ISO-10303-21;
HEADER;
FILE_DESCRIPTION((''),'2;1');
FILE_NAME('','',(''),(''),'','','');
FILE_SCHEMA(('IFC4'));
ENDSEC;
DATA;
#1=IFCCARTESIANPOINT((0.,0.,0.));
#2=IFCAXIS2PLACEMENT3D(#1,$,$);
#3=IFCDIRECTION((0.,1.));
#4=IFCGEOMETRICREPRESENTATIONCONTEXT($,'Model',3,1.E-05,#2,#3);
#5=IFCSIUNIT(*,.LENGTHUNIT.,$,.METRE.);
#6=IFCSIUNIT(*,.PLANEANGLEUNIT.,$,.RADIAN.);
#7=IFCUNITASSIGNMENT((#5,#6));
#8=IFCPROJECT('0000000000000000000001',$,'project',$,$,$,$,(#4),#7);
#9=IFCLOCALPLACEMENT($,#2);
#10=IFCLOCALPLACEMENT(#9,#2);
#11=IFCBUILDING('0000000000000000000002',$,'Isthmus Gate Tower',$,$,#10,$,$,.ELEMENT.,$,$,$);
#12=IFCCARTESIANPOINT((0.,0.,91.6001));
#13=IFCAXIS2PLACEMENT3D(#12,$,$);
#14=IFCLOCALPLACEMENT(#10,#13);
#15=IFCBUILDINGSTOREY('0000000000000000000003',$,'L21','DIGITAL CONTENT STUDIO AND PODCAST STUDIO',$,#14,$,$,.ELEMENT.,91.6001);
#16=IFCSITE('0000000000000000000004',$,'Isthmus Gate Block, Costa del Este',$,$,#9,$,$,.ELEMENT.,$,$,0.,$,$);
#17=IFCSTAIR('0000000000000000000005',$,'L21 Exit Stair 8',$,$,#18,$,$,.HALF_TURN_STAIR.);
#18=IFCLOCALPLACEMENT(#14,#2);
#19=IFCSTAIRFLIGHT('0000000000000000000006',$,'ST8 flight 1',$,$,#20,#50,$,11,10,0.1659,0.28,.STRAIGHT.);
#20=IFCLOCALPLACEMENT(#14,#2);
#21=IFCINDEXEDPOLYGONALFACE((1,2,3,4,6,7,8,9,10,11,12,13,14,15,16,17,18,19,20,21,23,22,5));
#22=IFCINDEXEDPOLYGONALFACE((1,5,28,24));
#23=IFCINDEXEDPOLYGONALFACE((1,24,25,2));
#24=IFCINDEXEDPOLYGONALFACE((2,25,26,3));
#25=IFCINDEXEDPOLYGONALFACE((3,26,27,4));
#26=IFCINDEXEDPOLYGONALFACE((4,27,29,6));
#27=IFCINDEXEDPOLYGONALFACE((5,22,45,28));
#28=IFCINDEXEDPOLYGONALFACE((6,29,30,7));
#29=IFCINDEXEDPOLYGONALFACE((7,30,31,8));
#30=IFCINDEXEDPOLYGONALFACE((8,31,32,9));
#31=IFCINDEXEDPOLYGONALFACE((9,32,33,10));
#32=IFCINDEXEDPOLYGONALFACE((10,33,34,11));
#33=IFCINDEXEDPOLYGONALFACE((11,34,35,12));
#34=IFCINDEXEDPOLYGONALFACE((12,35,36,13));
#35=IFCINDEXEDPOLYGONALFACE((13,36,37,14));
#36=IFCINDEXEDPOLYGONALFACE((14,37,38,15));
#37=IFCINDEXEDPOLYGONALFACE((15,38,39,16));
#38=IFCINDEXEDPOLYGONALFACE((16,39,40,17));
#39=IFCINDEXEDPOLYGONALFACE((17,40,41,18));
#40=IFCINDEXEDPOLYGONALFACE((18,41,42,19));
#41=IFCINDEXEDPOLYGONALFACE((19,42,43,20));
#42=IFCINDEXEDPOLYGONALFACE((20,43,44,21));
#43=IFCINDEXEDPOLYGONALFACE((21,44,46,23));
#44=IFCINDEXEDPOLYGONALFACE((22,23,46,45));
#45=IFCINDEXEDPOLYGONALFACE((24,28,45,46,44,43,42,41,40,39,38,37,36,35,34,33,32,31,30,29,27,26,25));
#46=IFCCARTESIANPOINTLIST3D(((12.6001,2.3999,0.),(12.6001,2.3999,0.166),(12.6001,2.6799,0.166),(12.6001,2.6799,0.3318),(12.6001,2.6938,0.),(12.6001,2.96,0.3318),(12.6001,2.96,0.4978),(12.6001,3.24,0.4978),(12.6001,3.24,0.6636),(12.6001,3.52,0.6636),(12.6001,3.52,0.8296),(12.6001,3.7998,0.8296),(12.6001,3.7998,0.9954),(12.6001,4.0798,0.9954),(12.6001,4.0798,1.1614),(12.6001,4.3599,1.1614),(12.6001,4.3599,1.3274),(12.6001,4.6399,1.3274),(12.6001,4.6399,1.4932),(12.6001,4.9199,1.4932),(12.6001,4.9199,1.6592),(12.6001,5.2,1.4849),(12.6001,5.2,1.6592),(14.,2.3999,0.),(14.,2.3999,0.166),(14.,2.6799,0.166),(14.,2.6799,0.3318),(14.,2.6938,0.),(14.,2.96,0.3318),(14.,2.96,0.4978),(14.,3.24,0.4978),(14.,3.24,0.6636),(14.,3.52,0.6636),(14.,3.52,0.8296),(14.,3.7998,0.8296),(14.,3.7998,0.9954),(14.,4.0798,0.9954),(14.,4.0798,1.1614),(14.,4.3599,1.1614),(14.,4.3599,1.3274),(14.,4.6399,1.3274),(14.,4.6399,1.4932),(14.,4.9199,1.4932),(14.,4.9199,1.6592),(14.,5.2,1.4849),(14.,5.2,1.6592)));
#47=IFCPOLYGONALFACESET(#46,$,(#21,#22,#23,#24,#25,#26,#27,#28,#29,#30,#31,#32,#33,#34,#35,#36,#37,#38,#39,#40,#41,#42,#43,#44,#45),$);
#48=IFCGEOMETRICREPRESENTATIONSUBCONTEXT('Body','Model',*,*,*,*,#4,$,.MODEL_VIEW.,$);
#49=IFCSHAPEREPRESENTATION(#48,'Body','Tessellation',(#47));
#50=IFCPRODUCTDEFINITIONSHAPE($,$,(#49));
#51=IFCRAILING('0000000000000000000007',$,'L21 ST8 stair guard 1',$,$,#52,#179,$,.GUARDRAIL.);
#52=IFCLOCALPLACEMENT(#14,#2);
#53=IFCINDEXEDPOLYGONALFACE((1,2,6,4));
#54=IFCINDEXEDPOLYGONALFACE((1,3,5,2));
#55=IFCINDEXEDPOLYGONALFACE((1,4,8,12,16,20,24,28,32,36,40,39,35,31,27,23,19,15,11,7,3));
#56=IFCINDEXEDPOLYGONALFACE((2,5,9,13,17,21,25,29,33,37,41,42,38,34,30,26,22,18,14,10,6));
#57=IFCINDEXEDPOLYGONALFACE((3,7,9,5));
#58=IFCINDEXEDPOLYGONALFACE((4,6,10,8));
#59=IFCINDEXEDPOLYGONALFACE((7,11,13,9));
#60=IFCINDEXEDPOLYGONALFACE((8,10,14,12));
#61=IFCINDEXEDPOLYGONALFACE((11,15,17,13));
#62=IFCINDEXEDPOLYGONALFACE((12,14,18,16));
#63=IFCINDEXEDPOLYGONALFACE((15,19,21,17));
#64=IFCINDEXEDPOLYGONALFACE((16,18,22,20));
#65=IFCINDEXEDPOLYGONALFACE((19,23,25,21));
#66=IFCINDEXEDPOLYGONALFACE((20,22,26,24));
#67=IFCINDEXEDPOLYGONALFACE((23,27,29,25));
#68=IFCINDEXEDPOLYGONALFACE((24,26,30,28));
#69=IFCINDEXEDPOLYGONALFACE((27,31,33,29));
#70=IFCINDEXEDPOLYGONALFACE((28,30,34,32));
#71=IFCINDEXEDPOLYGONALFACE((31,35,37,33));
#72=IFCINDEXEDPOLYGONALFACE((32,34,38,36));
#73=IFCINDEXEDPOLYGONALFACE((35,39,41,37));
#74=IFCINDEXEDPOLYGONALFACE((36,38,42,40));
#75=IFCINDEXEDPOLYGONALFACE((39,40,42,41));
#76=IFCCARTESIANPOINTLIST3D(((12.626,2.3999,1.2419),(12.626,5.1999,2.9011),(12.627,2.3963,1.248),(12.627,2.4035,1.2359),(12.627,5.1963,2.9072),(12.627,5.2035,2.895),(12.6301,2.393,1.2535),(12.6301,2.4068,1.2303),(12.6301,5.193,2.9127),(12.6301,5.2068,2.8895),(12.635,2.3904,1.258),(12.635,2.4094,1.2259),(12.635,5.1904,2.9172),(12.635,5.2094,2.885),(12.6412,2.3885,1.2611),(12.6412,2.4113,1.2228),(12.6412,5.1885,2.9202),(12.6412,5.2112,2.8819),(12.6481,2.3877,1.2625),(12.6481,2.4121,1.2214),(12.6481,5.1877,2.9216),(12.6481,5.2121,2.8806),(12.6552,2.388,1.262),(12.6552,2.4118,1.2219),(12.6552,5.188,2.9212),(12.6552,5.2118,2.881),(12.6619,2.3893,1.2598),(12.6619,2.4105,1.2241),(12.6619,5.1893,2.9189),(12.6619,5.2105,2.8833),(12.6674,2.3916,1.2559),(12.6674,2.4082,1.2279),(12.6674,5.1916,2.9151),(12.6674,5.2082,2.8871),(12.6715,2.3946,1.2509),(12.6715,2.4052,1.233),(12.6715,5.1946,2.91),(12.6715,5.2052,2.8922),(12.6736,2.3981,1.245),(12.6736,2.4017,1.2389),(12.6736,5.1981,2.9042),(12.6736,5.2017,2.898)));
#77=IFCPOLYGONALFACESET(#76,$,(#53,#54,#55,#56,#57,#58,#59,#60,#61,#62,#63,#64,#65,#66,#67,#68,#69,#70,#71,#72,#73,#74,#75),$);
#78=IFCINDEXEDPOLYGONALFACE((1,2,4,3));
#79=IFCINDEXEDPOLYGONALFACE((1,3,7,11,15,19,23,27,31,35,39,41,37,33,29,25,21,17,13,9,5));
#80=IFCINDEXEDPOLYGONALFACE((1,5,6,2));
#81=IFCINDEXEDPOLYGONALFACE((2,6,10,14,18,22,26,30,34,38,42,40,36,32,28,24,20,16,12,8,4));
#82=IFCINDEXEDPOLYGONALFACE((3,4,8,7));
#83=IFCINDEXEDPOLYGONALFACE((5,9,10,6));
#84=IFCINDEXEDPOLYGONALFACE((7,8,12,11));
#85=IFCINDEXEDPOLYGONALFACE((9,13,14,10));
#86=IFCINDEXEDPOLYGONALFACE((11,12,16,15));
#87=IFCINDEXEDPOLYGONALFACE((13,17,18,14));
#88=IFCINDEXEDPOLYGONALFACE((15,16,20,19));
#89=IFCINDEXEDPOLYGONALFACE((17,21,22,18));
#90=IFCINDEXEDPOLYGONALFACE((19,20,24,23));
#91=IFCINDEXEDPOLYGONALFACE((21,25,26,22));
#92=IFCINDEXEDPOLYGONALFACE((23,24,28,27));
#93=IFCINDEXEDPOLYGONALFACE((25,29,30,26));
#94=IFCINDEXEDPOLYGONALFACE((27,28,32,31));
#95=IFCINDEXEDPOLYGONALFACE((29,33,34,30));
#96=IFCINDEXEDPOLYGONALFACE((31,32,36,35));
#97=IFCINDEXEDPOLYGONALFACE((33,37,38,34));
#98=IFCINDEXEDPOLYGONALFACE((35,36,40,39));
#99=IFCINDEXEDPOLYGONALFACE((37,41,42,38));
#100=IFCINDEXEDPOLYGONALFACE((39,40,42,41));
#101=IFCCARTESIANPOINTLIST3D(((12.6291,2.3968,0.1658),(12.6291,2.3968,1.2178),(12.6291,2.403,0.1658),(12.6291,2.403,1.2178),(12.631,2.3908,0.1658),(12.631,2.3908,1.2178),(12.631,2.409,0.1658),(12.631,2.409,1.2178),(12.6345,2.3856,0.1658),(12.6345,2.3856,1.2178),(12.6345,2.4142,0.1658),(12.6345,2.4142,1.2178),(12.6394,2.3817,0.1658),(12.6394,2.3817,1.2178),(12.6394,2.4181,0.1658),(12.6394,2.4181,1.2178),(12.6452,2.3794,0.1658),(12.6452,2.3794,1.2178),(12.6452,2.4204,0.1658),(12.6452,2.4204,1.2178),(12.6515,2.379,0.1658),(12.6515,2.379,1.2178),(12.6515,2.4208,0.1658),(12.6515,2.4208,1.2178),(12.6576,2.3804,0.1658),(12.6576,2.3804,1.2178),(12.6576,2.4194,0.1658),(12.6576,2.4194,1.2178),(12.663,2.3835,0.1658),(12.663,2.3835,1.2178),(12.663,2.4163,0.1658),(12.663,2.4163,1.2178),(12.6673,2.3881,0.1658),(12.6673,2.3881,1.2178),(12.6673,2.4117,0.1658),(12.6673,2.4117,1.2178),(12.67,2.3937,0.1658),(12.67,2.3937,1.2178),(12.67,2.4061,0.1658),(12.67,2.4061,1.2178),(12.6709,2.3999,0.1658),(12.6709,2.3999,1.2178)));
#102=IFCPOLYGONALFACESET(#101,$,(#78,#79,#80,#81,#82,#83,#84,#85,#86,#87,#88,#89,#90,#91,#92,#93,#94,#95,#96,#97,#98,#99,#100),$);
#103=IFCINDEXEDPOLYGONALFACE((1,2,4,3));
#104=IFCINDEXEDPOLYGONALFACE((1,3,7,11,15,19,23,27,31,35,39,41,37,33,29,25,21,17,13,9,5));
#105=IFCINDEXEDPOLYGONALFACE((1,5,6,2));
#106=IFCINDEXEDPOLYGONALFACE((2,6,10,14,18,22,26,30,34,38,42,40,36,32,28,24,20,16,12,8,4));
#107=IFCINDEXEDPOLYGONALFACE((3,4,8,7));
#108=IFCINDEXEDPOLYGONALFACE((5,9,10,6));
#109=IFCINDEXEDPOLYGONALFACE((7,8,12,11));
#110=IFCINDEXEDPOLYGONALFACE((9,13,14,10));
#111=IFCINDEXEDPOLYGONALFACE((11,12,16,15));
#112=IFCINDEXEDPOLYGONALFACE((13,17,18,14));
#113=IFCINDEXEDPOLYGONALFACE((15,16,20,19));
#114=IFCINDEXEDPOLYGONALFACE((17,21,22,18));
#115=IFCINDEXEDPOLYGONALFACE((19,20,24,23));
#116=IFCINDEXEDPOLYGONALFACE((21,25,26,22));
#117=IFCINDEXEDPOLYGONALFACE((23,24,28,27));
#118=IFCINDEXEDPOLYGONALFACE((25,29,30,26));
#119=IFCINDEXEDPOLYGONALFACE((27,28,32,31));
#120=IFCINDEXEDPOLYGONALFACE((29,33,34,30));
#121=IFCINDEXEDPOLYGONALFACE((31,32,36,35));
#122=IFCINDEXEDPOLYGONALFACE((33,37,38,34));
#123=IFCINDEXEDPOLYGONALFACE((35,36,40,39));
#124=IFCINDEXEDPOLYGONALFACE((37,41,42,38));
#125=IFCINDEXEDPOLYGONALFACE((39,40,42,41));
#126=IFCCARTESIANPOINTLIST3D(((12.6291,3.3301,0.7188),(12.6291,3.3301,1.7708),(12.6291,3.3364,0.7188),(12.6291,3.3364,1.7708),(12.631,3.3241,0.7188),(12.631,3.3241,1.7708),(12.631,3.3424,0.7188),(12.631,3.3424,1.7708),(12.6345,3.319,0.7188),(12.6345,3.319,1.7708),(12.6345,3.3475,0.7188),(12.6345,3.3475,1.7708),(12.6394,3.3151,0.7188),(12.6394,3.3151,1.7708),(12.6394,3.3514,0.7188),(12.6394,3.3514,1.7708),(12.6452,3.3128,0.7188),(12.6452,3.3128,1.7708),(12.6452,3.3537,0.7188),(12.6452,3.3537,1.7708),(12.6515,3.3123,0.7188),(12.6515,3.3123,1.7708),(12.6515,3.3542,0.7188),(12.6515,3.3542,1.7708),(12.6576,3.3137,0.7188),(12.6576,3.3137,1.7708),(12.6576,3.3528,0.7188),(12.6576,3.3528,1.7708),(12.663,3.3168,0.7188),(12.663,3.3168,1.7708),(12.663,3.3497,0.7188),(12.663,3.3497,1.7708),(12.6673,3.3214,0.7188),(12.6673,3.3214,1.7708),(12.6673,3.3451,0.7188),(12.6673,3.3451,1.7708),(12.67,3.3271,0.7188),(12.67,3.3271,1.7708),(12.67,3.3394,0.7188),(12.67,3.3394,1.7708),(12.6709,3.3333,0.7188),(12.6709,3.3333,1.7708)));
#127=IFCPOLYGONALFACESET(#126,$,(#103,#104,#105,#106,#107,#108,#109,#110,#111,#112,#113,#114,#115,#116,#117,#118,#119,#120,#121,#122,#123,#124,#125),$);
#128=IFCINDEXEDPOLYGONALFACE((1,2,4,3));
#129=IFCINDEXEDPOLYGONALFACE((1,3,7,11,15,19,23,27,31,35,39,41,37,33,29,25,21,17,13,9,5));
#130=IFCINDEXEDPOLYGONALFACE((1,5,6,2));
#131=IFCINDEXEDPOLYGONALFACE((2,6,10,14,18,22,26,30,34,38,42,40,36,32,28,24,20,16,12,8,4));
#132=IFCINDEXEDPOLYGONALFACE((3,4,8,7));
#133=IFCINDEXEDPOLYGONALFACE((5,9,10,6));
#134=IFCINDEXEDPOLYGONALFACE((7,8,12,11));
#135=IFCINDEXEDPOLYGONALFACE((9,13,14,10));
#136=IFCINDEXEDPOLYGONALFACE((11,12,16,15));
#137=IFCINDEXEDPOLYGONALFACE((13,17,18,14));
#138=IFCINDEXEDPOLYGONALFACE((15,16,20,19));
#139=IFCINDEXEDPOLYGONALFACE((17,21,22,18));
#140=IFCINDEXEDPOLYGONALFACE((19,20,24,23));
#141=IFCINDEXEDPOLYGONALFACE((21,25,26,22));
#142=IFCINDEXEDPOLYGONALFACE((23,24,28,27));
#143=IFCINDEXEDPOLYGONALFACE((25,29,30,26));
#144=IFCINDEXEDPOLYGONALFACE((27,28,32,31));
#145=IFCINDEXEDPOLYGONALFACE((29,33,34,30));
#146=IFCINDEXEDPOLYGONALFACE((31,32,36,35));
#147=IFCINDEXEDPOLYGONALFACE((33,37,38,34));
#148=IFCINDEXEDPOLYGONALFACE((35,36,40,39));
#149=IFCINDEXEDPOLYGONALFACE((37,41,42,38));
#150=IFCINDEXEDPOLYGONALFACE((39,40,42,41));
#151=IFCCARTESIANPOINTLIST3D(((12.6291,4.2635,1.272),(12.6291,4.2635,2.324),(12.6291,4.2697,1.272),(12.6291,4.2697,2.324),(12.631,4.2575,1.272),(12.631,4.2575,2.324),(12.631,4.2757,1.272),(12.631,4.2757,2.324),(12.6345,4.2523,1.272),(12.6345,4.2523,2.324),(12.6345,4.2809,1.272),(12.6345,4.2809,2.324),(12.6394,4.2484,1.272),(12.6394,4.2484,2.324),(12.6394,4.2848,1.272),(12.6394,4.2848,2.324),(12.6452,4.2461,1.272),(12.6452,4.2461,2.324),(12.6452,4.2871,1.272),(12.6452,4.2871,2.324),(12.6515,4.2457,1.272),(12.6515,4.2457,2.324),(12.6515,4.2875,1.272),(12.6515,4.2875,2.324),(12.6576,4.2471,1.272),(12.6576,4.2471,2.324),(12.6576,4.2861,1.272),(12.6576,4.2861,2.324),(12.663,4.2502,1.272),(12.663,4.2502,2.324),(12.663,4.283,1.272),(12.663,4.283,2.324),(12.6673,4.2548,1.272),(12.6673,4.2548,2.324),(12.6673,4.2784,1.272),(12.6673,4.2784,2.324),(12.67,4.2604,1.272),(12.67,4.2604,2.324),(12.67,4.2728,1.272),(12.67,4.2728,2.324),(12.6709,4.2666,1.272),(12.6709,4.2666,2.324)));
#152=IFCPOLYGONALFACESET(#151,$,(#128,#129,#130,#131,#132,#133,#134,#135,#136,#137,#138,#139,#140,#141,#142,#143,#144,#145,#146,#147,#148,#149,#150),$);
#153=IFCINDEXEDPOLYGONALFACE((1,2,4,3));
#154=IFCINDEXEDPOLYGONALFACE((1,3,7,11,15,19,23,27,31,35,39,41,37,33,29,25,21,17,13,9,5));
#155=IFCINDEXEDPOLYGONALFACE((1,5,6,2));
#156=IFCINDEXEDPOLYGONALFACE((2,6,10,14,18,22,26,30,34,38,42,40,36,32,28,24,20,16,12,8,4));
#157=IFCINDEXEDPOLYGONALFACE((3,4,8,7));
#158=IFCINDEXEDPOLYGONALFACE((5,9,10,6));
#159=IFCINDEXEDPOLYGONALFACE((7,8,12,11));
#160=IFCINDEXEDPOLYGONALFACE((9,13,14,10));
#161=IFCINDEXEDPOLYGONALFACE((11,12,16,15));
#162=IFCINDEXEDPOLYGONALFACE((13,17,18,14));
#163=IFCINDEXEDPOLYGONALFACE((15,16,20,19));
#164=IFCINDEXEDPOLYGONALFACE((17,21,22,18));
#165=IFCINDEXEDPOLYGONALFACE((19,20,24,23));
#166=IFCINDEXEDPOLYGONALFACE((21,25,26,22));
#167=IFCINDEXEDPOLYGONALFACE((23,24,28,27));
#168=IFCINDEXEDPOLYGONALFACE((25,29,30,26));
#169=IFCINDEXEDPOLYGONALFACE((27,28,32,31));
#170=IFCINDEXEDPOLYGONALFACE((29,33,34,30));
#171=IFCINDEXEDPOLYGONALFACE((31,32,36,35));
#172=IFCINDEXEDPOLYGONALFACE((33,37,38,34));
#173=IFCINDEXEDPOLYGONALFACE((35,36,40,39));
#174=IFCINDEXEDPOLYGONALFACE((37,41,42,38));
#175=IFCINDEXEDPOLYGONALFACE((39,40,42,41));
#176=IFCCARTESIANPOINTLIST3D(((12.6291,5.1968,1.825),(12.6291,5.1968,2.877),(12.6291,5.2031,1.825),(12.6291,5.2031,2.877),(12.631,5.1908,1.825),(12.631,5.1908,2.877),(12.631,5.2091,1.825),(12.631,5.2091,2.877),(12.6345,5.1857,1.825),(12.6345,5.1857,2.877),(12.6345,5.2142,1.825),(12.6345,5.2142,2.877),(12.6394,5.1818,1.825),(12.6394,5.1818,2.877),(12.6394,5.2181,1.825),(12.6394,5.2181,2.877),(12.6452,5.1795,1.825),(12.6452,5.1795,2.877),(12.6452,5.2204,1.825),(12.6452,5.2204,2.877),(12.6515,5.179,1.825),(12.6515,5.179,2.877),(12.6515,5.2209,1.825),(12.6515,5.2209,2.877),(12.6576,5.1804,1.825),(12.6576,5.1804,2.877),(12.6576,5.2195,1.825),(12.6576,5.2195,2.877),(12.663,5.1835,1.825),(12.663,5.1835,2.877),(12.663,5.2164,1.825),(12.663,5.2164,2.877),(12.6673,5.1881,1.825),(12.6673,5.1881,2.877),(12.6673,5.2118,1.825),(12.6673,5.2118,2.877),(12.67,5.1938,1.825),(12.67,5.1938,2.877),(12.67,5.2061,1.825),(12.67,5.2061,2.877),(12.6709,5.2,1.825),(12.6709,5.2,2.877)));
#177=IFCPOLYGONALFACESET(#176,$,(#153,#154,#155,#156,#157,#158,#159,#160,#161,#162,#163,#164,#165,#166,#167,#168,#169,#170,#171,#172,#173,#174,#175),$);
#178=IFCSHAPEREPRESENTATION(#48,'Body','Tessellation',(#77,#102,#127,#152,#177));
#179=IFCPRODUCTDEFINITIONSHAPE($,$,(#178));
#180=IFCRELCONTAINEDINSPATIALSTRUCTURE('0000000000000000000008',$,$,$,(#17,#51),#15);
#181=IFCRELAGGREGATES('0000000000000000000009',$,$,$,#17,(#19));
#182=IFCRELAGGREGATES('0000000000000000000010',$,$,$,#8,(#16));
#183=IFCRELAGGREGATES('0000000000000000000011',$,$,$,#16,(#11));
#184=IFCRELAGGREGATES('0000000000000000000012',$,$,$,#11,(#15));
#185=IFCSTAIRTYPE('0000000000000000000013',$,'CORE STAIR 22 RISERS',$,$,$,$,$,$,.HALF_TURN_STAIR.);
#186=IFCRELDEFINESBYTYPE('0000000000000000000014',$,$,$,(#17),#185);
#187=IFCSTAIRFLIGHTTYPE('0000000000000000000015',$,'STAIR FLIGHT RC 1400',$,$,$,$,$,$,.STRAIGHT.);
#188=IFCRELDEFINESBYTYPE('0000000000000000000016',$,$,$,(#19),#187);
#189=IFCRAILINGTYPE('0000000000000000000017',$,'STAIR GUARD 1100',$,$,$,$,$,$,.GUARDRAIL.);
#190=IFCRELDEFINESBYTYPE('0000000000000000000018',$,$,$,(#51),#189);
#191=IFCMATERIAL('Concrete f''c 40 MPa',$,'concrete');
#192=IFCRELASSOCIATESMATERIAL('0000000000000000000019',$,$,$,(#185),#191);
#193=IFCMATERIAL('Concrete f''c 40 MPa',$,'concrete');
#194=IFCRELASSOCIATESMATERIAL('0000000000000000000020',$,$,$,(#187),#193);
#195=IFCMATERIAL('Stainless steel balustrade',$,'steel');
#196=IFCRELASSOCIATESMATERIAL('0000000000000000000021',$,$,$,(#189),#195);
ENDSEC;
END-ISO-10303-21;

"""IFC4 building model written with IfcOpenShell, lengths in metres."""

from ifc_helpers import new_model, si_unit, direction, frame, origin, origin_2d, place, context, subcontext, project, spatial, polyline, circle, outline, extrude, material, type_object, element, aggregate, save


model = new_model("IFC4")

# Units and contexts
model_context = context("Model", 3, precision=1e-05, world=origin(), true_north=direction((0.0, 1.0)))
body_context = subcontext(model_context, "Body", "Model", "MODEL_VIEW")
ifc_project = project(units=[si_unit("LENGTHUNIT", "METRE"), si_unit("PLANEANGLEUNIT", "RADIAN")], contexts=[model_context])

# Site, building, storey
site_placement = place(None, origin())
site = spatial("IfcSite", under=ifc_project, at=site_placement, Name="Isthmus Gate Block, Costa del Este", CompositionType="ELEMENT", RefElevation=0.0)
building_placement = place(site_placement, origin())
building = spatial("IfcBuilding", under=site, at=building_placement, Name="Isthmus Gate Tower", CompositionType="ELEMENT")
storey_placement = place(building_placement, frame((0.0, 0.0, 91.6001)))
storey = spatial("IfcBuildingStorey", under=building, at=storey_placement, Name="L21", Description="DIGITAL CONTENT STUDIO AND PODCAST STUDIO", CompositionType="ELEMENT", Elevation=91.6001)

# Stair
ifc_material_1 = material(Name="Concrete f'c 40 MPa", Category="concrete")
stair_type = type_object("IfcStairType", Name="CORE STAIR 22 RISERS", PredefinedType="HALF_TURN_STAIR", material=ifc_material_1)
stair_1_placement = place(storey_placement, origin())
stair_1 = element("IfcStair", 1, at=stair_1_placement, inside=storey, type_object=stair_type, Name="L21 Exit Stair 8", PredefinedType="HALF_TURN_STAIR")

# Stair flight
ifc_material_2 = material(Name="Concrete f'c 40 MPa", Category="concrete")
stair_flight_type = type_object("IfcStairFlightType", Name="STAIR FLIGHT RC 1400", PredefinedType="STRAIGHT", material=ifc_material_2)
stair_flight_placement = place(storey_placement, frame((13.3, 2.3999, 0.0), z_axis=(0.0, 0.0, 1.0), x_axis=(0.0, 1.0, 0.0)))
stair_flight = element("IfcStairFlight", 2, at=stair_flight_placement, type_object=stair_flight_type, Name="ST8 flight 1", NumberOfRisers=11, NumberOfTreads=10, PredefinedType="STRAIGHT", RiserHeight=0.1659, TreadLength=0.28, context=body_context, shape_type="SweptSolid", body=[
    extrude(outline(polyline([(0.0, 0.0), (0.0, 0.166), (0.28, 0.166), (0.28, 0.3318), (0.5601, 0.3318), (0.5601, 0.4978), (0.8401, 0.4978), (0.8401, 0.6636), (1.1201, 0.6636), (1.1201, 0.8296), (1.3999, 0.8296), (1.3999, 0.9954), (1.6799, 0.9954), (1.6799, 1.1614), (1.96, 1.1614), (1.96, 1.3274), (2.24, 1.3274), (2.24, 1.4932), (2.52, 1.4932), (2.52, 1.6592), (2.8, 1.6592), (2.8, 1.825), (2.8, 1.4849), (0.2939, 0.0), (0.0, 0.0)])), frame((0.0, 0.7, 0.0), z_axis=(0.0, -1.0, 0.0), x_axis=(1.0, 0.0, 0.0)), (0.0, 0.0, 1.0), 1.3999),
])
aggregate(stair_1, [stair_flight])

# Railing
ifc_material_3 = material(Name="Stainless steel balustrade", Category="steel")
railing_type_1 = type_object("IfcRailingType", Name="STAIR GUARD 1100", PredefinedType="GUARDRAIL", material=ifc_material_3)
railing_1_placement = place(storey_placement, frame((12.6499, 2.3999, 0.1658)))
element("IfcRailing", 3, at=railing_1_placement, inside=storey, type_object=railing_type_1, Name="L21 ST8 stair guard 1", PredefinedType="GUARDRAIL", context=body_context, shape_type="SweptSolid", body=[
    extrude(circle(Radius=0.0239, at=origin_2d()), frame((0.0, 0.0, 1.0762), z_axis=(0.0, 0.860306, 0.509778), x_axis=(-1.0, 0.0, 0.0)), (0.0, 0.0, 1.0), 3.2546),
    extrude(circle(Radius=0.021, at=origin_2d()), origin(), (0.0, 0.0, 1.0), 1.052),
    extrude(circle(Radius=0.021, at=origin_2d()), frame((0.0, 0.9333, 0.553)), (0.0, 0.0, 1.0), 1.052),
    extrude(circle(Radius=0.021, at=origin_2d()), frame((0.0, 1.8667, 1.1062)), (0.0, 0.0, 1.0), 1.052),
    extrude(circle(Radius=0.021, at=origin_2d()), frame((0.0, 2.8, 1.6592)), (0.0, 0.0, 1.0), 1.052),
])

save(model, "model.ifc")
